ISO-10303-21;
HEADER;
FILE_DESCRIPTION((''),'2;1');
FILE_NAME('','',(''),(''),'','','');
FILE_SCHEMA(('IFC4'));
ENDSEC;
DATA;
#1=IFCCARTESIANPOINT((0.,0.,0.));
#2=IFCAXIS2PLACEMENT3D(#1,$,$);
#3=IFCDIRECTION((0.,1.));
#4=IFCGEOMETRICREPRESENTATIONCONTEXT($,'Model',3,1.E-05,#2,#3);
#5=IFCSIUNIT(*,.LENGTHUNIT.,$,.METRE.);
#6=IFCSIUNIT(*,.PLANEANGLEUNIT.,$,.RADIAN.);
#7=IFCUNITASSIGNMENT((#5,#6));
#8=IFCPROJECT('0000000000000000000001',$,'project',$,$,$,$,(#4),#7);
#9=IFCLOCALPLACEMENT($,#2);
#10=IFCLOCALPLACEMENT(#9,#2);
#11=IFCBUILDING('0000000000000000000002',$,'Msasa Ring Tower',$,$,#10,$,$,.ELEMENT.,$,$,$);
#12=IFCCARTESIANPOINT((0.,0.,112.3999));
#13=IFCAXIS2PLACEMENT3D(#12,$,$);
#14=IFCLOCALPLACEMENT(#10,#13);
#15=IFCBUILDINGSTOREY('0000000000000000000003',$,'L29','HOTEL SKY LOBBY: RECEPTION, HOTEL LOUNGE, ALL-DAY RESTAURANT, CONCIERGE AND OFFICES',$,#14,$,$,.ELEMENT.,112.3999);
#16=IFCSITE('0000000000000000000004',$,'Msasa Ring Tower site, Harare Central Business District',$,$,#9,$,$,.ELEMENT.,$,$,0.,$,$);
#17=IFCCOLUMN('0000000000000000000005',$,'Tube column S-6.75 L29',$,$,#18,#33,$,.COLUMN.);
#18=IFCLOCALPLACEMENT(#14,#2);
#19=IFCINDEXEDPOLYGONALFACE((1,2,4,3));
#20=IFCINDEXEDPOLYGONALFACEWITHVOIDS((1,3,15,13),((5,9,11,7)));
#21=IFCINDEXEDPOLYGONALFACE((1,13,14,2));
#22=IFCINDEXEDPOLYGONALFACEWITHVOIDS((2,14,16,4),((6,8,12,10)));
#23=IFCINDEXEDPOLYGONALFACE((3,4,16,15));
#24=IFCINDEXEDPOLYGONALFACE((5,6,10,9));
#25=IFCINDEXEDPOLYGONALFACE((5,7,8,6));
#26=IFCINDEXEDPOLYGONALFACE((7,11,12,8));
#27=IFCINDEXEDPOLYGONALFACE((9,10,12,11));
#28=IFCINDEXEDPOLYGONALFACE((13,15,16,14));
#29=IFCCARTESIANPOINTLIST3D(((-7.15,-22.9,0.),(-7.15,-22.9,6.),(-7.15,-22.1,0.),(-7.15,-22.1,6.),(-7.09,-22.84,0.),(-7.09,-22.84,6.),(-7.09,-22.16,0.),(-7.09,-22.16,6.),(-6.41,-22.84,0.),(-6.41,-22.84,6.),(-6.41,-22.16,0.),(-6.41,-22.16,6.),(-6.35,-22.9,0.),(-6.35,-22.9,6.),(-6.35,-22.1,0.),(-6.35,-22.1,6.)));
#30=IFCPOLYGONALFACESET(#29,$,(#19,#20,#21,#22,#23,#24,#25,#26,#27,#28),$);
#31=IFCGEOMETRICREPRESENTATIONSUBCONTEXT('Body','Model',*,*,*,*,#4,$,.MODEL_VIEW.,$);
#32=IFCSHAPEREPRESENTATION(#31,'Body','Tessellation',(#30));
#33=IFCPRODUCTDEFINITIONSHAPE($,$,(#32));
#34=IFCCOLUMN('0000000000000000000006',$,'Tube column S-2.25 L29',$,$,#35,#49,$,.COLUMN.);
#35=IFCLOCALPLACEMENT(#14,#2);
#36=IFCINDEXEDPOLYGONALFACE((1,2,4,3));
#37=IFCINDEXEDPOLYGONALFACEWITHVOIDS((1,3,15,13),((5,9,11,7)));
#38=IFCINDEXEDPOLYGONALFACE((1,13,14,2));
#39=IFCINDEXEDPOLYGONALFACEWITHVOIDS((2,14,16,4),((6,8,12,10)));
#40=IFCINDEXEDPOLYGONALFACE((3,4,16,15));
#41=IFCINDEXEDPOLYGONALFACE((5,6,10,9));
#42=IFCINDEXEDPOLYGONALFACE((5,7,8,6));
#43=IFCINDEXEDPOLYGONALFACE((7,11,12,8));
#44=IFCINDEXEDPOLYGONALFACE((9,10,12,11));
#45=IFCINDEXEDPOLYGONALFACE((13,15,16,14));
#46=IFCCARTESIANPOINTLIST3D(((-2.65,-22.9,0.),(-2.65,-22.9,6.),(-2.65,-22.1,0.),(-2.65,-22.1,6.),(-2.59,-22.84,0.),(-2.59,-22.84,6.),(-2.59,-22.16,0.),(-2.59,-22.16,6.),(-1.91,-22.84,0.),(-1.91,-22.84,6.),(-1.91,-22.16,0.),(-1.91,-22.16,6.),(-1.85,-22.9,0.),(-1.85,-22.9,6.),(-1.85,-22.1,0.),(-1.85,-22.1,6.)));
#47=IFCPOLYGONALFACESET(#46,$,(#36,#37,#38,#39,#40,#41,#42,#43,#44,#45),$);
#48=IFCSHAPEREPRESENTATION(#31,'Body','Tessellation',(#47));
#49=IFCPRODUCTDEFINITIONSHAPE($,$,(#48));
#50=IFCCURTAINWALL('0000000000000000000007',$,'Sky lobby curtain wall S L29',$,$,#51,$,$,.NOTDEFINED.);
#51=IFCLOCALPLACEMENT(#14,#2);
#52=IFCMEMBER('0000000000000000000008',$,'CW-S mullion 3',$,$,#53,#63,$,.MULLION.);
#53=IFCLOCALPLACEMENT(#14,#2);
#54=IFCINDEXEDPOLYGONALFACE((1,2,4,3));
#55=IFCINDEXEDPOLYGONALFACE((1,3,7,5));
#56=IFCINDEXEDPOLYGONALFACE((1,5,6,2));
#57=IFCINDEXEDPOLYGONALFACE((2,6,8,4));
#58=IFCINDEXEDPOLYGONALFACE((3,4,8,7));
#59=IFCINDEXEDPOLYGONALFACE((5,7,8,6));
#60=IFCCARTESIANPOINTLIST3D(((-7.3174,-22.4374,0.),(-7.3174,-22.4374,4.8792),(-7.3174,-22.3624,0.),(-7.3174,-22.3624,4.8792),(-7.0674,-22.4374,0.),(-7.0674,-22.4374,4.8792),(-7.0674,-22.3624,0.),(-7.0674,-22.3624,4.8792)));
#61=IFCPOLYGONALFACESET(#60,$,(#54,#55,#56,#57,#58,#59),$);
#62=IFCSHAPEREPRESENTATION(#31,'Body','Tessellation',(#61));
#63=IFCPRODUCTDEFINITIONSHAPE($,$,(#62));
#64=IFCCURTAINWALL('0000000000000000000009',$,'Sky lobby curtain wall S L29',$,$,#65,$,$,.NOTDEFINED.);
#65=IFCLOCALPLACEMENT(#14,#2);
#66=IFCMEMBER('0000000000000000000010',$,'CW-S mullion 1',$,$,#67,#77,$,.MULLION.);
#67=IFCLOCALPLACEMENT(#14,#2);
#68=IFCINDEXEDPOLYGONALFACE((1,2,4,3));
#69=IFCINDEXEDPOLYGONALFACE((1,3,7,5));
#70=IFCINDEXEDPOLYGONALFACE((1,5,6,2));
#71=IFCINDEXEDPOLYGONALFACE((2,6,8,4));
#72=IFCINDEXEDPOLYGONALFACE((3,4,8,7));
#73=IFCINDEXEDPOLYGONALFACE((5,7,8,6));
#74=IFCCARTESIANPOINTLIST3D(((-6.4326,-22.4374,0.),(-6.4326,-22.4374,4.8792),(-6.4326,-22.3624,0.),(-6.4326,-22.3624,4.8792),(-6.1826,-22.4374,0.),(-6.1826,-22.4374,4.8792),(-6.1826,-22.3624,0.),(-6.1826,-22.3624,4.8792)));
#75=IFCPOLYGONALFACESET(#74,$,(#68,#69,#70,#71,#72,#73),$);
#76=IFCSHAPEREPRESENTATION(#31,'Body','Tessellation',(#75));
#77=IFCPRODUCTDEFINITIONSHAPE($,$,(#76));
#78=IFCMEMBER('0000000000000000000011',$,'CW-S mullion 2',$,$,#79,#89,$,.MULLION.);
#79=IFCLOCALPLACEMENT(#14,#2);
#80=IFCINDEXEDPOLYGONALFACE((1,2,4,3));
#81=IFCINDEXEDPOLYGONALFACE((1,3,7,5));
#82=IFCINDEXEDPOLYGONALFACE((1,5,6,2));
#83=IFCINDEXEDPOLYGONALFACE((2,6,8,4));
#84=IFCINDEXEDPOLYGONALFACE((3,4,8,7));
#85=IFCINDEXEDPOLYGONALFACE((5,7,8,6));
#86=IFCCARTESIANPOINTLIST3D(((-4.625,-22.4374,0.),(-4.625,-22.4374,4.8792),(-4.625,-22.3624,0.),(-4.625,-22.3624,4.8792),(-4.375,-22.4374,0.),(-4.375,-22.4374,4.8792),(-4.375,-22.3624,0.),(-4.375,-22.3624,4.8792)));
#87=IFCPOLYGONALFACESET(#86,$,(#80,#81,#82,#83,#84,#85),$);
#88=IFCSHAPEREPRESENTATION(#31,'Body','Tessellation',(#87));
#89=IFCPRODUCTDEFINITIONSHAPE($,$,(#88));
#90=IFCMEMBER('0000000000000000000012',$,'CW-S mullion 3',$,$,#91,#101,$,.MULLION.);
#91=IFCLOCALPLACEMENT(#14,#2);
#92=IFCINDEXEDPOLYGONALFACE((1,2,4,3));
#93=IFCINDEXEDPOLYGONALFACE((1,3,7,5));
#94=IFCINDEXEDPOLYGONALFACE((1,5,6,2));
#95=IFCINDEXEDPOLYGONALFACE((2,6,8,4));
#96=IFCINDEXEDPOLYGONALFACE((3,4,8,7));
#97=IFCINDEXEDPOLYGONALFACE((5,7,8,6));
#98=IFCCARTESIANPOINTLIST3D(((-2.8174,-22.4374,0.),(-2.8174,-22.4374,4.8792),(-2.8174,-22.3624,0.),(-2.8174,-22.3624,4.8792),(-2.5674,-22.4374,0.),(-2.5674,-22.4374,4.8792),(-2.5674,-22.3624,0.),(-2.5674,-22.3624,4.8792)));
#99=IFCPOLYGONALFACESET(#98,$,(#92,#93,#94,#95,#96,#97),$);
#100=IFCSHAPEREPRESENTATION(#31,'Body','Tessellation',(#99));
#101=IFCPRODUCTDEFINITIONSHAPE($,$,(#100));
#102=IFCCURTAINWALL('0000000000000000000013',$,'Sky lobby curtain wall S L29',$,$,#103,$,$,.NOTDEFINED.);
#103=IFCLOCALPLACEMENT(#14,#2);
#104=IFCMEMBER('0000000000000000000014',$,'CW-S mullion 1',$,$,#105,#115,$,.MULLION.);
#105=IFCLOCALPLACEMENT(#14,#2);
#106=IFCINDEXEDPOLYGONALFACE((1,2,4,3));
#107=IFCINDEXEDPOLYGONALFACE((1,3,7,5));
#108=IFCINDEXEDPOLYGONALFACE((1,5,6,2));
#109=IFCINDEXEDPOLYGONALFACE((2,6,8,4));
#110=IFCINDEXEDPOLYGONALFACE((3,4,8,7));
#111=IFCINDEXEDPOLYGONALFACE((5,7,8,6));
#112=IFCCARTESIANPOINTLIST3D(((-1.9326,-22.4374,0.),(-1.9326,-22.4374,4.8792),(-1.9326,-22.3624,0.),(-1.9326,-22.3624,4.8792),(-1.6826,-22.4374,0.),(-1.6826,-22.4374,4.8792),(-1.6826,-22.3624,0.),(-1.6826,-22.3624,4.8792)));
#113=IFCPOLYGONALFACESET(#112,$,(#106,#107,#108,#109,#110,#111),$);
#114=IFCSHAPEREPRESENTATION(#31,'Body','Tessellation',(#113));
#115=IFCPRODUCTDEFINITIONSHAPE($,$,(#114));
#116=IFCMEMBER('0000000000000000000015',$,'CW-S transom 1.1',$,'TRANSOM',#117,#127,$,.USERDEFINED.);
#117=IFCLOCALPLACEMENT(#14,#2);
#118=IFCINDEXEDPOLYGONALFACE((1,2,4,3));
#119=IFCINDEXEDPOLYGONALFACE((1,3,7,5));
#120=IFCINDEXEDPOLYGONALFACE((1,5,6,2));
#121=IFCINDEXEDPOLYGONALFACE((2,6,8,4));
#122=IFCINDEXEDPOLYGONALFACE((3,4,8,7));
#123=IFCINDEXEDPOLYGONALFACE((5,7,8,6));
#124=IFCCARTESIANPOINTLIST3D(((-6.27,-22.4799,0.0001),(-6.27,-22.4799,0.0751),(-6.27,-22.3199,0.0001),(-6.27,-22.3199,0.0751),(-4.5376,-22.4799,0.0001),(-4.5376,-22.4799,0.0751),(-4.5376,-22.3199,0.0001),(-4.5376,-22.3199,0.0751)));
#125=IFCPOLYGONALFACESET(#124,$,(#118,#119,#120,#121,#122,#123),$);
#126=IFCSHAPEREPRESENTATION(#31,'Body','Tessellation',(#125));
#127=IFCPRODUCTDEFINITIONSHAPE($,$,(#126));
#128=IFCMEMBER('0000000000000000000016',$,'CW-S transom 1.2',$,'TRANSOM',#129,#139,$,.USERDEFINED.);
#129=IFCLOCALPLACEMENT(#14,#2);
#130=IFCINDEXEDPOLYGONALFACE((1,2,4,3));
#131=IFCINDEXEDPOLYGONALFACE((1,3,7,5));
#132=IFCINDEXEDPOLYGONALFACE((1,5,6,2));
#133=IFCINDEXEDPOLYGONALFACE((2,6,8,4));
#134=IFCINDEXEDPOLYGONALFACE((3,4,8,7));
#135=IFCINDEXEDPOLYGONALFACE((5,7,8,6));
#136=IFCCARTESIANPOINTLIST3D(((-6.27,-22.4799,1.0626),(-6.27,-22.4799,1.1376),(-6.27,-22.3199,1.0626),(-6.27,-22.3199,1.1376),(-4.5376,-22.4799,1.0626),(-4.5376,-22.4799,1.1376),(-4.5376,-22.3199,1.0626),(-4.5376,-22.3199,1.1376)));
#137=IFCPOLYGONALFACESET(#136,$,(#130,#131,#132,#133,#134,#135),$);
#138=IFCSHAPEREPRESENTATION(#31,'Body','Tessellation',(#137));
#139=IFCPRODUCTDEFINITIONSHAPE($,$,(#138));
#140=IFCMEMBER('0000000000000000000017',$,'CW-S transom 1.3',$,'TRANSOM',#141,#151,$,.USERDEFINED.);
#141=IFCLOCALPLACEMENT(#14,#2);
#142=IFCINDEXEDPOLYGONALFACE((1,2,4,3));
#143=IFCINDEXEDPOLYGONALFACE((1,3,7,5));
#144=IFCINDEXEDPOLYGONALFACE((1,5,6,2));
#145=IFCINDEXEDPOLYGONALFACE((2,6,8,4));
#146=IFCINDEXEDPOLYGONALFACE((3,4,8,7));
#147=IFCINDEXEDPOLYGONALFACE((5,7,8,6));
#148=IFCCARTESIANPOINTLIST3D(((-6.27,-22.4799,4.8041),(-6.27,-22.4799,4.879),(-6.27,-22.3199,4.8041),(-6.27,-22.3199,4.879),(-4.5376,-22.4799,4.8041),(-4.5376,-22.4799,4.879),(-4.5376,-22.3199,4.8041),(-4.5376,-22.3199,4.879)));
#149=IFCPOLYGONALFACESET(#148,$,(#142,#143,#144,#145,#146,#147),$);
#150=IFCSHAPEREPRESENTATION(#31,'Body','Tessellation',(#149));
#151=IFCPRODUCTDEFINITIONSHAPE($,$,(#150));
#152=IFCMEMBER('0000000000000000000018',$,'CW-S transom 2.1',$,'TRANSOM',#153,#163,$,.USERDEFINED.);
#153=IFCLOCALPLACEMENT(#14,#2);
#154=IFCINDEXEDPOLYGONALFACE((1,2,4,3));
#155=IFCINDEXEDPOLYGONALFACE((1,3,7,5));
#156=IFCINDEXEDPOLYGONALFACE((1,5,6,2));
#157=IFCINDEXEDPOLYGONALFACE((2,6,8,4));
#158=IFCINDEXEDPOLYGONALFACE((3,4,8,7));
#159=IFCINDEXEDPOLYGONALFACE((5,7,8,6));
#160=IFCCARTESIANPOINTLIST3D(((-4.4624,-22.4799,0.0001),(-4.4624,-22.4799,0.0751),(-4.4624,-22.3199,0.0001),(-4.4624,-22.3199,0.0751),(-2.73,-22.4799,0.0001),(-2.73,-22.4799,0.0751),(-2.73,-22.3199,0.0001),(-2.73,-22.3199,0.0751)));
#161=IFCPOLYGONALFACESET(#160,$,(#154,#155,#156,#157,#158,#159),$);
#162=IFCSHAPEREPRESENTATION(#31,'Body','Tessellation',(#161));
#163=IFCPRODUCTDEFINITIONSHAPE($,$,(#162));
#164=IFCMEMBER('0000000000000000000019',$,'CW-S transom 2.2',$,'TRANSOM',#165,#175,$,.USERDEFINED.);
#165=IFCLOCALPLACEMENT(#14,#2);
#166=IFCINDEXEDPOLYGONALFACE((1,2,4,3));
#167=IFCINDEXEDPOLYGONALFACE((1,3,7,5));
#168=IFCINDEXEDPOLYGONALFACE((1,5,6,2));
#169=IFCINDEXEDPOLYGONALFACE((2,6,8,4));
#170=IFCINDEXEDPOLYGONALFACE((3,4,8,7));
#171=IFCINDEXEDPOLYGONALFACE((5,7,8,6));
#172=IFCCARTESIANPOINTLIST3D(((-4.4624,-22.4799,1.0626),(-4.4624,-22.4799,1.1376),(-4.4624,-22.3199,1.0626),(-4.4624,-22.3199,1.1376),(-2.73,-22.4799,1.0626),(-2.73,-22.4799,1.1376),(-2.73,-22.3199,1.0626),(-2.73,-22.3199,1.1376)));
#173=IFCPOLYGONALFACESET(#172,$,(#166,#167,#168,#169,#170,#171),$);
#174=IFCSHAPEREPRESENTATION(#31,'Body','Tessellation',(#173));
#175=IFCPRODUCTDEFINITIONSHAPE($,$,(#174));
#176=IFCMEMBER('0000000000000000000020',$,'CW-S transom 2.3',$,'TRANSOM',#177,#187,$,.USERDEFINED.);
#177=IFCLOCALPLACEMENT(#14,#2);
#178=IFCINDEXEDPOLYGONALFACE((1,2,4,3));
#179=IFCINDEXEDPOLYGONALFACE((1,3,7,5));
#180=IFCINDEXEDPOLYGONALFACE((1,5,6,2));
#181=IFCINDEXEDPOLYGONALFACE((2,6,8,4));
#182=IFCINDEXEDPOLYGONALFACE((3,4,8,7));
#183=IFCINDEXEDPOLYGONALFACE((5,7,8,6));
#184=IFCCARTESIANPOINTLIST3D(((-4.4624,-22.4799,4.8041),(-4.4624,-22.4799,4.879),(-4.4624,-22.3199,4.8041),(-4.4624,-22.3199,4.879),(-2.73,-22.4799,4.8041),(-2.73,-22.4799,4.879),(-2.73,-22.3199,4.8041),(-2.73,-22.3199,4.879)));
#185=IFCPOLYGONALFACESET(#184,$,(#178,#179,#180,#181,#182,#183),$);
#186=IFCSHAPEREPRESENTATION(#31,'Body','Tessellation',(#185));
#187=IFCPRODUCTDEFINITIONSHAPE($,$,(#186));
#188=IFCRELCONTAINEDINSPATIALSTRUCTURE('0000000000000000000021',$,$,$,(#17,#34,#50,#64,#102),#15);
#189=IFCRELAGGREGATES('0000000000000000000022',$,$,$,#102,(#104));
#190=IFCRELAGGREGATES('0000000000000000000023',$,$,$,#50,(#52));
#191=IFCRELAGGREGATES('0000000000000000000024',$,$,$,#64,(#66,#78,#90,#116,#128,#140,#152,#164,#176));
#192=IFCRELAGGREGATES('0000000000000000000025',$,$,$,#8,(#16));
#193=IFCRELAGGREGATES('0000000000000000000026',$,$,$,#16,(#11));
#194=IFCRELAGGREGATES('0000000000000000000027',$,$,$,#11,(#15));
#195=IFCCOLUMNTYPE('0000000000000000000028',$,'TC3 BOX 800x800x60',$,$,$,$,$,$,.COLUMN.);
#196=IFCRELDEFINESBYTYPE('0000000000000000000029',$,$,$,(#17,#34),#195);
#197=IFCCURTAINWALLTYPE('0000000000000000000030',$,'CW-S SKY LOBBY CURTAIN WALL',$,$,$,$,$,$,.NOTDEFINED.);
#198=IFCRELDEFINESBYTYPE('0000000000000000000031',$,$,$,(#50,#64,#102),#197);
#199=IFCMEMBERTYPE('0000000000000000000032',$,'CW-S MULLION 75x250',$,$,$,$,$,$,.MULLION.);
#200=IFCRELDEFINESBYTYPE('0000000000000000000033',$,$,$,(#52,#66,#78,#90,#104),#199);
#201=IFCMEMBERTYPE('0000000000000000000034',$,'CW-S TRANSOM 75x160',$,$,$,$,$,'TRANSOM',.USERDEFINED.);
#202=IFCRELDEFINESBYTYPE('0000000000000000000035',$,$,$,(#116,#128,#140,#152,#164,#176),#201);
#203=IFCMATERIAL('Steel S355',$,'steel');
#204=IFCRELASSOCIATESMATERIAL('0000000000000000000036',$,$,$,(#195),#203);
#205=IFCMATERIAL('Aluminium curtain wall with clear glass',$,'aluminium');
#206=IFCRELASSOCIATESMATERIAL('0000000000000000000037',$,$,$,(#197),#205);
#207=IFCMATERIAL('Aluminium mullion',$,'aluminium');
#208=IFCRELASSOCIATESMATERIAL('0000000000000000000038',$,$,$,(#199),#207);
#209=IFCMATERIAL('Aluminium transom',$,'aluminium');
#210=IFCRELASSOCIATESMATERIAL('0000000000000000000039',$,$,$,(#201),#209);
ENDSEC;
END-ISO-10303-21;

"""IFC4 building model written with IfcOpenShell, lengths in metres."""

from ifc_helpers import new_model, si_unit, direction, frame, origin, origin_2d, place, context, subcontext, project, spatial, rectangle, hollow_rectangle, extrude, material, material_profile, profile_set, type_object, element, aggregate, save


model = new_model("IFC4")

# Units and contexts
model_context = context("Model", 3, precision=1e-05, world=origin(), true_north=direction((0.0, 1.0)))
body_context = subcontext(model_context, "Body", "Model", "MODEL_VIEW")
ifc_project = project(units=[si_unit("LENGTHUNIT", "METRE"), si_unit("PLANEANGLEUNIT", "RADIAN")], contexts=[model_context])

# Site, building, storey
site_placement = place(None, origin())
site = spatial("IfcSite", under=ifc_project, at=site_placement, Name="Msasa Ring Tower site, Harare Central Business District", CompositionType="ELEMENT", RefElevation=0.0)
building_placement = place(site_placement, origin())
building = spatial("IfcBuilding", under=site, at=building_placement, Name="Msasa Ring Tower", CompositionType="ELEMENT")
storey_placement = place(building_placement, frame((0.0, 0.0, 112.3999)))
storey = spatial("IfcBuildingStorey", under=building, at=storey_placement, Name="L29", Description="HOTEL SKY LOBBY: RECEPTION, HOTEL LOUNGE, ALL-DAY RESTAURANT, CONCIERGE AND OFFICES", CompositionType="ELEMENT", Elevation=112.3999)

# Columns
ifc_material_1 = material(Name="Steel S355", Category="steel")
ifc_material_profile_1 = material_profile(ifc_material_1, hollow_rectangle(XDim=0.8, YDim=0.8, WallThickness=0.0601, at=origin_2d()), Name="BOX 800x800x60")
ifc_profile_set_1 = profile_set([ifc_material_profile_1], Name="Steel S355")
column_type = type_object("IfcColumnType", Name="TC3 BOX 800x800x60", PredefinedType="COLUMN", material=ifc_profile_set_1)
for number, where, z_axis, x_axis, name in (
    (1, (-6.75, -22.5, 0.0), (0.0, 0.0, 1.0), (0.0, 1.0, 0.0), "Tube column S-6.75 L29"),
    (2, (-2.25, -22.5, 0.0), (0.0, 0.0, 1.0), (0.0, 1.0, 0.0), "Tube column S-2.25 L29"),
):
    element("IfcColumn", number, at=place(storey_placement, frame(where, z_axis=z_axis, x_axis=x_axis)), inside=storey, type_object=column_type, Name=name, PredefinedType="COLUMN", context=body_context, shape_type="SweptSolid", body=[
        extrude(hollow_rectangle(XDim=0.8, YDim=0.8, WallThickness=0.0601, at=origin_2d()), origin(), (0.0, 0.0, 1.0), 6.0),
    ])

# Curtain wall, member
ifc_material_2 = material(Name="Aluminium curtain wall with clear glass", Category="aluminium")
curtain_wall_type = type_object("IfcCurtainWallType", Name="CW-S SKY LOBBY CURTAIN WALL", PredefinedType="NOTDEFINED", material=ifc_material_2)
curtain_wall_1_placement = place(storey_placement, origin())
curtain_wall_1 = element("IfcCurtainWall", 3, at=curtain_wall_1_placement, inside=storey, type_object=curtain_wall_type, Name="Sky lobby curtain wall S L29", PredefinedType="NOTDEFINED")
ifc_material_3 = material(Name="Aluminium mullion", Category="aluminium")
ifc_material_profile_2 = material_profile(ifc_material_3, rectangle(XDim=0.075, YDim=0.25, at=origin_2d()), Name="AL 75x250")
ifc_profile_set_2 = profile_set([ifc_material_profile_2], Name="Aluminium mullion")
member_type_1 = type_object("IfcMemberType", Name="CW-S MULLION 75x250", PredefinedType="MULLION", material=ifc_profile_set_2)
member_1_placement = place(storey_placement, frame((-7.1924, -22.3999, 0.0), z_axis=(0.0, 0.0, 1.0), x_axis=(0.0, 1.0, 0.0)))
member_1 = element("IfcMember", 4, at=member_1_placement, type_object=member_type_1, Name="CW-S mullion 3", PredefinedType="MULLION", context=body_context, shape_type="SweptSolid", body=[
    extrude(rectangle(XDim=0.075, YDim=0.25, at=origin_2d()), origin(), (0.0, 0.0, 1.0), 4.8792),
])

# Curtain wall, members
curtain_wall_2_placement = place(storey_placement, origin())
curtain_wall_2 = element("IfcCurtainWall", 5, at=curtain_wall_2_placement, inside=storey, type_object=curtain_wall_type, Name="Sky lobby curtain wall S L29", PredefinedType="NOTDEFINED")
member_2_placement = place(storey_placement, frame((-6.3076, -22.3999, 0.0), z_axis=(0.0, 0.0, 1.0), x_axis=(0.0, 1.0, 0.0)))
member_2 = element("IfcMember", 6, at=member_2_placement, type_object=member_type_1, Name="CW-S mullion 1", PredefinedType="MULLION", context=body_context, shape_type="SweptSolid", body=[
    extrude(rectangle(XDim=0.075, YDim=0.25, at=origin_2d()), origin(), (0.0, 0.0, 1.0), 4.8792),
])
member_3_placement = place(storey_placement, frame((-4.5, -22.3999, 0.0), z_axis=(0.0, 0.0, 1.0), x_axis=(0.0, 1.0, 0.0)))
member_3 = element("IfcMember", 7, at=member_3_placement, type_object=member_type_1, Name="CW-S mullion 2", PredefinedType="MULLION", context=body_context, shape_type="SweptSolid", body=[
    extrude(rectangle(XDim=0.075, YDim=0.25, at=origin_2d()), origin(), (0.0, 0.0, 1.0), 4.8792),
])
member_4_placement = place(storey_placement, frame((-2.6924, -22.3999, 0.0), z_axis=(0.0, 0.0, 1.0), x_axis=(0.0, 1.0, 0.0)))
member_4 = element("IfcMember", 8, at=member_4_placement, type_object=member_type_1, Name="CW-S mullion 3", PredefinedType="MULLION", context=body_context, shape_type="SweptSolid", body=[
    extrude(rectangle(XDim=0.075, YDim=0.25, at=origin_2d()), origin(), (0.0, 0.0, 1.0), 4.8792),
])

# Curtain wall, member
curtain_wall_3_placement = place(storey_placement, origin())
curtain_wall_3 = element("IfcCurtainWall", 9, at=curtain_wall_3_placement, inside=storey, type_object=curtain_wall_type, Name="Sky lobby curtain wall S L29", PredefinedType="NOTDEFINED")
member_5_placement = place(storey_placement, frame((-1.8076, -22.3999, 0.0), z_axis=(0.0, 0.0, 1.0), x_axis=(0.0, 1.0, 0.0)))
member_5 = element("IfcMember", 10, at=member_5_placement, type_object=member_type_1, Name="CW-S mullion 1", PredefinedType="MULLION", context=body_context, shape_type="SweptSolid", body=[
    extrude(rectangle(XDim=0.075, YDim=0.25, at=origin_2d()), origin(), (0.0, 0.0, 1.0), 4.8792),
])
aggregate(curtain_wall_3, [member_5])

# Members
ifc_material_4 = material(Name="Aluminium transom", Category="aluminium")
ifc_material_profile_3 = material_profile(ifc_material_4, rectangle(XDim=0.1599, YDim=0.075, at=origin_2d()), Name="AL 75x160")
ifc_profile_set_3 = profile_set([ifc_material_profile_3], Name="Aluminium transom")
member_type_2 = type_object("IfcMemberType", Name="CW-S TRANSOM 75x160", ElementType="TRANSOM", PredefinedType="USERDEFINED", material=ifc_profile_set_3)
member_6_placement = place(storey_placement, frame((-6.27, -22.3999, 0.0376), z_axis=(1.0, 0.0, 0.0), x_axis=(0.0, 1.0, 0.0)))
member_6 = element("IfcMember", 11, at=member_6_placement, type_object=member_type_2, Name="CW-S transom 1.1", ObjectType="TRANSOM", PredefinedType="USERDEFINED", context=body_context, shape_type="SweptSolid", body=[
    extrude(rectangle(XDim=0.1599, YDim=0.075, at=origin_2d()), origin(), (0.0, 0.0, 1.0), 1.7324),
])
member_7_placement = place(storey_placement, frame((-6.27, -22.3999, 1.1001), z_axis=(1.0, 0.0, 0.0), x_axis=(0.0, 1.0, 0.0)))
member_7 = element("IfcMember", 12, at=member_7_placement, type_object=member_type_2, Name="CW-S transom 1.2", ObjectType="TRANSOM", PredefinedType="USERDEFINED", context=body_context, shape_type="SweptSolid", body=[
    extrude(rectangle(XDim=0.1599, YDim=0.075, at=origin_2d()), origin(), (0.0, 0.0, 1.0), 1.7324),
])
member_8_placement = place(storey_placement, frame((-6.27, -22.3999, 4.8416), z_axis=(1.0, 0.0, 0.0), x_axis=(0.0, 1.0, 0.0)))
member_8 = element("IfcMember", 13, at=member_8_placement, type_object=member_type_2, Name="CW-S transom 1.3", ObjectType="TRANSOM", PredefinedType="USERDEFINED", context=body_context, shape_type="SweptSolid", body=[
    extrude(rectangle(XDim=0.1599, YDim=0.075, at=origin_2d()), origin(), (0.0, 0.0, 1.0), 1.7324),
])
member_9_placement = place(storey_placement, frame((-4.4624, -22.3999, 0.0376), z_axis=(1.0, 0.0, 0.0), x_axis=(0.0, 1.0, 0.0)))
member_9 = element("IfcMember", 14, at=member_9_placement, type_object=member_type_2, Name="CW-S transom 2.1", ObjectType="TRANSOM", PredefinedType="USERDEFINED", context=body_context, shape_type="SweptSolid", body=[
    extrude(rectangle(XDim=0.1599, YDim=0.075, at=origin_2d()), origin(), (0.0, 0.0, 1.0), 1.7324),
])
member_10_placement = place(storey_placement, frame((-4.4624, -22.3999, 1.1001), z_axis=(1.0, 0.0, 0.0), x_axis=(0.0, 1.0, 0.0)))
member_10 = element("IfcMember", 15, at=member_10_placement, type_object=member_type_2, Name="CW-S transom 2.2", ObjectType="TRANSOM", PredefinedType="USERDEFINED", context=body_context, shape_type="SweptSolid", body=[
    extrude(rectangle(XDim=0.1599, YDim=0.075, at=origin_2d()), origin(), (0.0, 0.0, 1.0), 1.7324),
])
member_11_placement = place(storey_placement, frame((-4.4624, -22.3999, 4.8416), z_axis=(1.0, 0.0, 0.0), x_axis=(0.0, 1.0, 0.0)))
member_11 = element("IfcMember", 16, at=member_11_placement, type_object=member_type_2, Name="CW-S transom 2.3", ObjectType="TRANSOM", PredefinedType="USERDEFINED", context=body_context, shape_type="SweptSolid", body=[
    extrude(rectangle(XDim=0.1599, YDim=0.075, at=origin_2d()), origin(), (0.0, 0.0, 1.0), 1.7324),
])

aggregate(curtain_wall_1, [member_1])
aggregate(curtain_wall_2, [member_2, member_3, member_4, member_6, member_7, member_8, member_9, member_10, member_11])

save(model, "model.ifc")
